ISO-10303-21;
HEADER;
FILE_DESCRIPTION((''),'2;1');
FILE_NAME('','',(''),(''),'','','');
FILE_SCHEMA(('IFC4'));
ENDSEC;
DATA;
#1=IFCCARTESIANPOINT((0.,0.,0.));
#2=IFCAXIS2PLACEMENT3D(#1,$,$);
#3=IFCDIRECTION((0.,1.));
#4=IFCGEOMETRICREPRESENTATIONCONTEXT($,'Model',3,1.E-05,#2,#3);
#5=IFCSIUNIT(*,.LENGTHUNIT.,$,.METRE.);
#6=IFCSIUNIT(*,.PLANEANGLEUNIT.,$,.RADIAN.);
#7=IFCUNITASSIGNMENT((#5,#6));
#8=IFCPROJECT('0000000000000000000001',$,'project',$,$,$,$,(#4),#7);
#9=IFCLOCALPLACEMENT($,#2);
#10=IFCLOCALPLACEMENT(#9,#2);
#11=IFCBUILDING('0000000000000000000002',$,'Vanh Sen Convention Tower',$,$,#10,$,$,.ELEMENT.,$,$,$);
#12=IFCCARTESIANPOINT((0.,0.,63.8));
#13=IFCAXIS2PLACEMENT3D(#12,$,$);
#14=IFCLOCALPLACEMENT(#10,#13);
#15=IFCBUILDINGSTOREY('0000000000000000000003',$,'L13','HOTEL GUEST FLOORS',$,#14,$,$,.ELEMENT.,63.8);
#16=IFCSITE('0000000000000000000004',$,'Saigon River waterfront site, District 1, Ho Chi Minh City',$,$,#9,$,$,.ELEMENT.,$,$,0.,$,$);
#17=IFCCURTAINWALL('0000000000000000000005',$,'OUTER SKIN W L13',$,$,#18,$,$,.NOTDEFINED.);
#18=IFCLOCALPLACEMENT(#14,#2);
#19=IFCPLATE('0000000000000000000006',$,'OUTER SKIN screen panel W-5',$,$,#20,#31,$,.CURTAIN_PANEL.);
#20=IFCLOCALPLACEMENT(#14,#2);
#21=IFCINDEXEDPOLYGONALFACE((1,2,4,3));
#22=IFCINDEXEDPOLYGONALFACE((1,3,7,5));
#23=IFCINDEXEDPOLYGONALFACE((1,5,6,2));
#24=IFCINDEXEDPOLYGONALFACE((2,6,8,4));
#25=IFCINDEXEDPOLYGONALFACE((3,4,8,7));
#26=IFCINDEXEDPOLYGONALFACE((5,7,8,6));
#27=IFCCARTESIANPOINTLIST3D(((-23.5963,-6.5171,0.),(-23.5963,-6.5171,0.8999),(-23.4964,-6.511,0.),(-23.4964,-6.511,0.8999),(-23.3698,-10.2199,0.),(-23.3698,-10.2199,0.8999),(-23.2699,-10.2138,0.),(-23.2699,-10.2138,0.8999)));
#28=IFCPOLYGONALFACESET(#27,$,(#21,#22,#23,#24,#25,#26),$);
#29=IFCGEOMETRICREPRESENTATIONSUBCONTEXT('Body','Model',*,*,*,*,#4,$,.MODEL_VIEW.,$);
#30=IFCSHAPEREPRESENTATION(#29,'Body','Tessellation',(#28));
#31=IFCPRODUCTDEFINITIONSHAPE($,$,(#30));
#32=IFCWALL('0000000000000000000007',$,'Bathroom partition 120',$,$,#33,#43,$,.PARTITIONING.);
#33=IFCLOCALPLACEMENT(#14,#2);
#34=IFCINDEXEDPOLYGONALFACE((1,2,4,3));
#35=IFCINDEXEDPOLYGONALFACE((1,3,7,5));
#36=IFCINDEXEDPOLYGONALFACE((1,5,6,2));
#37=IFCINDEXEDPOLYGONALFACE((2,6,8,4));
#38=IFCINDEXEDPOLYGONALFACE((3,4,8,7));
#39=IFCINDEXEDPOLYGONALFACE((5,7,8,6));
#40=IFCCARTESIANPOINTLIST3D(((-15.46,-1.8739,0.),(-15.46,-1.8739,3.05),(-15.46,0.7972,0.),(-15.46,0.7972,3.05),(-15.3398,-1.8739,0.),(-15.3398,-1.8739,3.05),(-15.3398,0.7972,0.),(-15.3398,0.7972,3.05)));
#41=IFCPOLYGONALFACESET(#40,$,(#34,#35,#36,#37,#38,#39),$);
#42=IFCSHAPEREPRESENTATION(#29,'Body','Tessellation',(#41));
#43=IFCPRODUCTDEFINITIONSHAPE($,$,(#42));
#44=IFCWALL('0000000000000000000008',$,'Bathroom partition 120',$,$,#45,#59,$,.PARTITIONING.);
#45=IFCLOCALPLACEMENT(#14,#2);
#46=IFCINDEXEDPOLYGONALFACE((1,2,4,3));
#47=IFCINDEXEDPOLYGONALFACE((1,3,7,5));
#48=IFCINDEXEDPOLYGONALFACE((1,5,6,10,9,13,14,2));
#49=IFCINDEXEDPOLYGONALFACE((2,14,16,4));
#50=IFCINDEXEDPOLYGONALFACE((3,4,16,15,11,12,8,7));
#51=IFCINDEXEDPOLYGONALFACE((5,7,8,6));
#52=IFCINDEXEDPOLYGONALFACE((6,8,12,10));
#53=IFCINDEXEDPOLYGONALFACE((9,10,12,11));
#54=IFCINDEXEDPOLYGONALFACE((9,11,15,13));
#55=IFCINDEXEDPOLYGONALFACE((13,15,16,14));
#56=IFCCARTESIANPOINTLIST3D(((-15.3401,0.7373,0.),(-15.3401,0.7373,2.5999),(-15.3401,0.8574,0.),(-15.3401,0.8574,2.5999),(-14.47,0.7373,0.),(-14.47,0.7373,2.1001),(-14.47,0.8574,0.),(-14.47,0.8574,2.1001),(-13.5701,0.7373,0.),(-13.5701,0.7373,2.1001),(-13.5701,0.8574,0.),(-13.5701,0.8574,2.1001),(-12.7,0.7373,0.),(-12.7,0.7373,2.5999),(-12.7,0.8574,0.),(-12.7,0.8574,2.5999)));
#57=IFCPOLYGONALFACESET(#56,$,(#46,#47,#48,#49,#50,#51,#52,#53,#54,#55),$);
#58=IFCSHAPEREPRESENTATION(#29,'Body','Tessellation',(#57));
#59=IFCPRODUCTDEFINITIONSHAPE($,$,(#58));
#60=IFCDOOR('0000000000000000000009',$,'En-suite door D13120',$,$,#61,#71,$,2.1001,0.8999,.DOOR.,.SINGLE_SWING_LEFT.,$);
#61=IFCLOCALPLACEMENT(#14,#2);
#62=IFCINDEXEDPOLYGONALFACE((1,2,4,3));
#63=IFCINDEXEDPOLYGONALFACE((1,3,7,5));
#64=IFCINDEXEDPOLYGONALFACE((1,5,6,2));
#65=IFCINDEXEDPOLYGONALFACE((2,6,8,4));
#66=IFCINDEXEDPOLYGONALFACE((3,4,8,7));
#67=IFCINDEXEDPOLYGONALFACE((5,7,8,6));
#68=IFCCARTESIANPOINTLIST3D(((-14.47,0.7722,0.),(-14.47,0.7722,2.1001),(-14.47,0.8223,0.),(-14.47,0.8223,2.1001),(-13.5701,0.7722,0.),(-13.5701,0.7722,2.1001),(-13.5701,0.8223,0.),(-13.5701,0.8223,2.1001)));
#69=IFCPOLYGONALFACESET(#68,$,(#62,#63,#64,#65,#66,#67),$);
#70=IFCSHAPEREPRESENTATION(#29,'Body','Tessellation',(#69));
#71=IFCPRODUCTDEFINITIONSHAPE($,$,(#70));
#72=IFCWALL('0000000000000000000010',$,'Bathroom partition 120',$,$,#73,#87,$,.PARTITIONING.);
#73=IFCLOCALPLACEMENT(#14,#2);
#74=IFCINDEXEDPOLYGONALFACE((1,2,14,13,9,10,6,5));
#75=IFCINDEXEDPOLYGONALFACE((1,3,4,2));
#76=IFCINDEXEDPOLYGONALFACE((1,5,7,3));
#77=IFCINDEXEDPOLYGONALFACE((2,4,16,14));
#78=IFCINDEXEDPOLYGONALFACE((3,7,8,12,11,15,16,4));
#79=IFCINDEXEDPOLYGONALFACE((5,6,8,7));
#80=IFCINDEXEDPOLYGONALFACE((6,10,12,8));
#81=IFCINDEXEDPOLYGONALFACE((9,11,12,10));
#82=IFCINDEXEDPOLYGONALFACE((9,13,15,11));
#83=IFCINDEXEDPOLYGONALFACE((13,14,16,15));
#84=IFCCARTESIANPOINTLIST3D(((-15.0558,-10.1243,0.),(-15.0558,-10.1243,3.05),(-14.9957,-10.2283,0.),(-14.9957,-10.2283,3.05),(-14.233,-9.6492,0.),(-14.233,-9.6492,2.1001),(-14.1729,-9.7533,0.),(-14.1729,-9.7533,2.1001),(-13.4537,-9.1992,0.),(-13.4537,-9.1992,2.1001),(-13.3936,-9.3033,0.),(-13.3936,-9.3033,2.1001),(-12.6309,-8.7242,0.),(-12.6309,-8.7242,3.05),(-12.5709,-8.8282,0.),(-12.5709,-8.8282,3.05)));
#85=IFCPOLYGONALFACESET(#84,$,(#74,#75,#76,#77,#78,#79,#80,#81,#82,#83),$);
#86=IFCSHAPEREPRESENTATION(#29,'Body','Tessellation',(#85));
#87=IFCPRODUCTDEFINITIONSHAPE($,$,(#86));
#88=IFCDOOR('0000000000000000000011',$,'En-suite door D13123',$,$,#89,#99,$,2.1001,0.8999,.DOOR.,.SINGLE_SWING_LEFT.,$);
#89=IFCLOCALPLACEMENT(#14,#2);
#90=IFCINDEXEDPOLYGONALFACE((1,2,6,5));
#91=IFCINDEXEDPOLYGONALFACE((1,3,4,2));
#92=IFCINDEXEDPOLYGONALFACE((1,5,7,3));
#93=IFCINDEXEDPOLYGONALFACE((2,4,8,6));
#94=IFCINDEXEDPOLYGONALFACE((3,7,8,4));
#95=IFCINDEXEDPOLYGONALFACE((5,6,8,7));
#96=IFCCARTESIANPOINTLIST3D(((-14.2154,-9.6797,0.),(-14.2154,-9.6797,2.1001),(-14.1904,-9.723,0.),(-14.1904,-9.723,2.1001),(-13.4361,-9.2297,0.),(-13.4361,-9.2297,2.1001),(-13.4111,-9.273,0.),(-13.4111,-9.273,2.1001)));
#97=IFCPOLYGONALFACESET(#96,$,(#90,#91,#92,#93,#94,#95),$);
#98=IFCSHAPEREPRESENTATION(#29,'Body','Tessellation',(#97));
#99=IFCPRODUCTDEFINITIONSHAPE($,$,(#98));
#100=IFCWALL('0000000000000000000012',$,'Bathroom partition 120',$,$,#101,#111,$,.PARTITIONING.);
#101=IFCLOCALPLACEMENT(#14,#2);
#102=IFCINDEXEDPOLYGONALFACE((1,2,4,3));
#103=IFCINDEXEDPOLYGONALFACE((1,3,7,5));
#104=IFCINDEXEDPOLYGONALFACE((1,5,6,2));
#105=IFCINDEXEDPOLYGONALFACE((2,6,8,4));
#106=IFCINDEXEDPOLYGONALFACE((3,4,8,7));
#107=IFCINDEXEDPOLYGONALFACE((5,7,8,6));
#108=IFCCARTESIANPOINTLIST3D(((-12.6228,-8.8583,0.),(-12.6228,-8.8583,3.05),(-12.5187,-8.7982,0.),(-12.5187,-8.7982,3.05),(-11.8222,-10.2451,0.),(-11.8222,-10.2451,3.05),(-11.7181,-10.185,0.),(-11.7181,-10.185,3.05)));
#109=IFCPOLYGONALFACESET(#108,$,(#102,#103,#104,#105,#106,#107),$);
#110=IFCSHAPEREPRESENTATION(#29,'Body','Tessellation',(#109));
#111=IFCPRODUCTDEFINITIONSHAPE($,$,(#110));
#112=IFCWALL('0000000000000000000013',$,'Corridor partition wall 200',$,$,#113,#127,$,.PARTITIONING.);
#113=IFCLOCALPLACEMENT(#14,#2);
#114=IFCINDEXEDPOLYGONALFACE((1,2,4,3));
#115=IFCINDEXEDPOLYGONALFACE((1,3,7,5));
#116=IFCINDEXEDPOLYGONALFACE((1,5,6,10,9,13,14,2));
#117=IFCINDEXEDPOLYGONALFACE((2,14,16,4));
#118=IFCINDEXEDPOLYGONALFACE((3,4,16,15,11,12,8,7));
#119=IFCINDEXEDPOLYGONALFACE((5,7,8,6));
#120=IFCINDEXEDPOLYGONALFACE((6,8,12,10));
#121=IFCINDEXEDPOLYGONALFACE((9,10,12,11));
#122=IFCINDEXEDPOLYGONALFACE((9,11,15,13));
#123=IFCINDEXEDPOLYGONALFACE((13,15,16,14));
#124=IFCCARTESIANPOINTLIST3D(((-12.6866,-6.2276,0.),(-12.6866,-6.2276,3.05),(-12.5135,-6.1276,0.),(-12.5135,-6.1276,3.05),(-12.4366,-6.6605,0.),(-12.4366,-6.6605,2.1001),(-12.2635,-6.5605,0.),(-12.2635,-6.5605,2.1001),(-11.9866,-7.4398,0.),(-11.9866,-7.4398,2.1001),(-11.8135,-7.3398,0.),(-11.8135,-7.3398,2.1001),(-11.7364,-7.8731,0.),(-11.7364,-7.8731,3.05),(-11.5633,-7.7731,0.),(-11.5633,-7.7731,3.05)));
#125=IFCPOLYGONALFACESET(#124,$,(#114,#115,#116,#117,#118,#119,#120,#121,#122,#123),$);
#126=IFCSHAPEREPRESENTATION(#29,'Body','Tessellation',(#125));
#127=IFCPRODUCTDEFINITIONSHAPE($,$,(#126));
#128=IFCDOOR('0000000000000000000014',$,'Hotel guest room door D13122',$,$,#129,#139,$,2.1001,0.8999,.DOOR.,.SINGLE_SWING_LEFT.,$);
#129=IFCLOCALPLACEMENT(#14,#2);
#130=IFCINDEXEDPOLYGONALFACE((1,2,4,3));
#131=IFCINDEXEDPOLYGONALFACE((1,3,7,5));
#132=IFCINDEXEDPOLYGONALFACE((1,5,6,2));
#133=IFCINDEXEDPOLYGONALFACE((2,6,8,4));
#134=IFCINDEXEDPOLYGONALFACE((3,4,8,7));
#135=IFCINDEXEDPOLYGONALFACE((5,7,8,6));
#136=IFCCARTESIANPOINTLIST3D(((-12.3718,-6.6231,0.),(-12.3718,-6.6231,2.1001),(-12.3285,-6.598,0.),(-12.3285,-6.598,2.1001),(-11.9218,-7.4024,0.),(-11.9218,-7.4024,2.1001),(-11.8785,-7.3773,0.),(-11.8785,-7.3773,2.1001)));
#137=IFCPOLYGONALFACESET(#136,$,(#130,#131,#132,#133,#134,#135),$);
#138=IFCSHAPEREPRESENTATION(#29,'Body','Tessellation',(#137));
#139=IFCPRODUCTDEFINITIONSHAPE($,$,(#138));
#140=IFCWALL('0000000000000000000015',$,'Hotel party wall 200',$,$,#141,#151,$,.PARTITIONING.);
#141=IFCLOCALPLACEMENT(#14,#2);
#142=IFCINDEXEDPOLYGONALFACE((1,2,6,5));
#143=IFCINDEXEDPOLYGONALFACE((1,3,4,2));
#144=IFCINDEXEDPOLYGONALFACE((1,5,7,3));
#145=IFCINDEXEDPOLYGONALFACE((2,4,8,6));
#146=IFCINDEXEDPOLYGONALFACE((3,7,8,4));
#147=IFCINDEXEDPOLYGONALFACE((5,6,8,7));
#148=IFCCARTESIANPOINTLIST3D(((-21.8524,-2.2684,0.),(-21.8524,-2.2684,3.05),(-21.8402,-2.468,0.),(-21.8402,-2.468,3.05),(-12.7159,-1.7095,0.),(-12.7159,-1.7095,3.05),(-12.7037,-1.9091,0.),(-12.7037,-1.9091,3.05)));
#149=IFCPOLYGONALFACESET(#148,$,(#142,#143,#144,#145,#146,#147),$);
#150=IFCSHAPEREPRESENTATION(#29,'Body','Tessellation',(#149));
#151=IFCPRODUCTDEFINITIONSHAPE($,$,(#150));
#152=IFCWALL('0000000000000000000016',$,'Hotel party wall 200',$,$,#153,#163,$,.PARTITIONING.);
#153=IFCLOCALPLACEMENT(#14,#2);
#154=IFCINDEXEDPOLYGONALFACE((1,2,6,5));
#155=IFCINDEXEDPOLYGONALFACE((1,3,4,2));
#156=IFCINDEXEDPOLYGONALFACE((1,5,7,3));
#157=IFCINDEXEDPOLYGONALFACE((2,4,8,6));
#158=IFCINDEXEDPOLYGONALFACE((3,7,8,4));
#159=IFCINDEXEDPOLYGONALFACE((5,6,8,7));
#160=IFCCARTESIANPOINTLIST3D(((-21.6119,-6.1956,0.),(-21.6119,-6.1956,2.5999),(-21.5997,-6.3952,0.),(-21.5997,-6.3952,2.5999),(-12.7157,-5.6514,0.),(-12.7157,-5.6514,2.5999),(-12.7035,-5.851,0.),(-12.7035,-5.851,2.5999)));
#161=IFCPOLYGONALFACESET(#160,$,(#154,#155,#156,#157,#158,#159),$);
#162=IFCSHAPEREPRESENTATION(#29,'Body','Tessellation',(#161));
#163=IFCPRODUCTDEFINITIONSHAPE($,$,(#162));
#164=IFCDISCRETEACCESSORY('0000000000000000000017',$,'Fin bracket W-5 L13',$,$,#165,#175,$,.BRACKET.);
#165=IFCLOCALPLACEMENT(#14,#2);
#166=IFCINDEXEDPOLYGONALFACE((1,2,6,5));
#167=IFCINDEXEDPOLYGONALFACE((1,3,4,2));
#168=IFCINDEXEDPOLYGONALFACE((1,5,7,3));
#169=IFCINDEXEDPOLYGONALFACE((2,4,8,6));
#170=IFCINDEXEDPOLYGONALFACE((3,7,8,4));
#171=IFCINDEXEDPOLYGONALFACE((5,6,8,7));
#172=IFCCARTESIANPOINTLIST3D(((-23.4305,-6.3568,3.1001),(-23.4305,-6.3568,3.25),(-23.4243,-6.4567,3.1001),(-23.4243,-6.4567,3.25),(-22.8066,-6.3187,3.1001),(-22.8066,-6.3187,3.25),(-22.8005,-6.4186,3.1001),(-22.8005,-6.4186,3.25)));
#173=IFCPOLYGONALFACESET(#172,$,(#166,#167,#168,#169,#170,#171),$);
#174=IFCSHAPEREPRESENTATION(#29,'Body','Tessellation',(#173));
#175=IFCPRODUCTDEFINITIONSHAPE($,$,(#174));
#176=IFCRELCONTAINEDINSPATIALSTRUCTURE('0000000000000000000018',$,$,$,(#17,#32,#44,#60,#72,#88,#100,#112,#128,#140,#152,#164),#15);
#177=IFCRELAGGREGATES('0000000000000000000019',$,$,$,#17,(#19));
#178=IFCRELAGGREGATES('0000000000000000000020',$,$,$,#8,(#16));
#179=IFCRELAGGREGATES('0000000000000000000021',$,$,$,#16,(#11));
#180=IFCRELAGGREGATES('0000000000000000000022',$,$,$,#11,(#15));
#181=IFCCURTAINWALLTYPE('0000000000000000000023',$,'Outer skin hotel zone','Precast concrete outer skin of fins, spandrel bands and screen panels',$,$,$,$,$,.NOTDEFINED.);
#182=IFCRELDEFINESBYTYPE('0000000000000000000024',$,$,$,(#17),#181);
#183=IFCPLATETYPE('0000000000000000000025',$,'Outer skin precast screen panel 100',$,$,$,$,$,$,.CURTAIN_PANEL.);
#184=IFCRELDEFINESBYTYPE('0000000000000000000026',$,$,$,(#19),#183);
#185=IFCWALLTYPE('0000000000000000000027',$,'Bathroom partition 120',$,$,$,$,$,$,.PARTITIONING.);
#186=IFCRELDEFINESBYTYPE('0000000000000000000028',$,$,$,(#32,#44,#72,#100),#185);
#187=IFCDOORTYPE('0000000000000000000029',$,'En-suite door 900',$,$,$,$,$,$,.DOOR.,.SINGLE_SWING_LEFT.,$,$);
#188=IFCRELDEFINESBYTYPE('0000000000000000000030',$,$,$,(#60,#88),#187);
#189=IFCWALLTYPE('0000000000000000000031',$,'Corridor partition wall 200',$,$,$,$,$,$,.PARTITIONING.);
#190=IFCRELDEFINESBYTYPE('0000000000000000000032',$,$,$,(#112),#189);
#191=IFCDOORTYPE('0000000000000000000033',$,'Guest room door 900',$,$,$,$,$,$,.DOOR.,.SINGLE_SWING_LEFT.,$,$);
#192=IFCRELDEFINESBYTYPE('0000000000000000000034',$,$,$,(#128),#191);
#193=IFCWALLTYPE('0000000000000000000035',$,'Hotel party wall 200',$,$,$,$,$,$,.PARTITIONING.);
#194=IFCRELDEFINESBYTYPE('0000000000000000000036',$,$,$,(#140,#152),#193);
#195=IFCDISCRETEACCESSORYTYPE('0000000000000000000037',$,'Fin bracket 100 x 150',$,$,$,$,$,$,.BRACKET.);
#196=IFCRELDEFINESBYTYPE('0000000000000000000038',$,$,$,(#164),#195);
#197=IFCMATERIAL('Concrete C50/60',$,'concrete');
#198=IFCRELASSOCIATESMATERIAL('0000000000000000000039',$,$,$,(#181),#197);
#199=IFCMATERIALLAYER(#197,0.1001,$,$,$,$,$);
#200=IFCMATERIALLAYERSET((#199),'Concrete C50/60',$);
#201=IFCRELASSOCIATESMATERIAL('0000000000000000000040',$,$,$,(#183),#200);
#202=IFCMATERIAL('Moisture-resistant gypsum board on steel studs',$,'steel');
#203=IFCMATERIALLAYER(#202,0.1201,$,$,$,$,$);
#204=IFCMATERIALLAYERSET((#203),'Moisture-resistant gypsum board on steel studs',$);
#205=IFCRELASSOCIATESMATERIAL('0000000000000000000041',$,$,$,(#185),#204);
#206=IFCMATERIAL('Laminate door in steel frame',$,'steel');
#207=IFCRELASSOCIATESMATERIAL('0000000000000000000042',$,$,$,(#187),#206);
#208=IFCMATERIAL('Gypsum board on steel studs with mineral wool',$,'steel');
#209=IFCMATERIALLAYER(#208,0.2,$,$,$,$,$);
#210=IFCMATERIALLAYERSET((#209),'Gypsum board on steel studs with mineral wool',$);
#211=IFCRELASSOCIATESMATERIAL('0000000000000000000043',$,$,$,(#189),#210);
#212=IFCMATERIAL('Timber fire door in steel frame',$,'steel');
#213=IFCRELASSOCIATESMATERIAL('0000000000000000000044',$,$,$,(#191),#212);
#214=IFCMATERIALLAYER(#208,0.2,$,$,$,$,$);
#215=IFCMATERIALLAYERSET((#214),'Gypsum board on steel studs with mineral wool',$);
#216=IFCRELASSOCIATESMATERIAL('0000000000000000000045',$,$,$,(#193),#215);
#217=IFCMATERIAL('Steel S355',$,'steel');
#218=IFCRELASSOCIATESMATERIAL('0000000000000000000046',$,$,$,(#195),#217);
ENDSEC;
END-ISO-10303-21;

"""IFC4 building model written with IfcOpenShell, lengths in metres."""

from ifc_helpers import new_model, si_unit, direction, frame, frame_2d, origin, origin_2d, place, context, subcontext, project, spatial, rectangle, extrude, material, layer, layer_set, type_object, element, fill, aggregate, save


model = new_model("IFC4")

# Units and contexts
model_context = context("Model", 3, precision=1e-05, world=origin(), true_north=direction((0.0, 1.0)))
body_context = subcontext(model_context, "Body", "Model", "MODEL_VIEW")
ifc_project = project(units=[si_unit("LENGTHUNIT", "METRE"), si_unit("PLANEANGLEUNIT", "RADIAN")], contexts=[model_context])

# Site, building, storey
site_placement = place(None, origin())
site = spatial("IfcSite", under=ifc_project, at=site_placement, Name="Saigon River waterfront site, District 1, Ho Chi Minh City", CompositionType="ELEMENT", RefElevation=0.0)
building_placement = place(site_placement, origin())
building = spatial("IfcBuilding", under=site, at=building_placement, Name="Vanh Sen Convention Tower", CompositionType="ELEMENT")
storey_placement = place(building_placement, frame((0.0, 0.0, 63.8)))
storey = spatial("IfcBuildingStorey", under=building, at=storey_placement, Name="L13", Description="HOTEL GUEST FLOORS", CompositionType="ELEMENT", Elevation=63.8)

# Curtain wall
ifc_material_1 = material(Name="Concrete C50/60", Category="concrete")
curtain_wall_type = type_object("IfcCurtainWallType", Name="Outer skin hotel zone", Description="Precast concrete outer skin of fins, spandrel bands and screen panels", PredefinedType="NOTDEFINED", material=ifc_material_1)
curtain_wall_1_placement = place(storey_placement, origin())
curtain_wall_1 = element("IfcCurtainWall", 1, at=curtain_wall_1_placement, inside=storey, type_object=curtain_wall_type, Name="OUTER SKIN W L13", PredefinedType="NOTDEFINED")

# Plate
ifc_layer_1 = layer(ifc_material_1, 0.1001)
ifc_layer_set_1 = layer_set([ifc_layer_1], Name="Concrete C50/60")
plate_type = type_object("IfcPlateType", Name="Outer skin precast screen panel 100", PredefinedType="CURTAIN_PANEL", material=ifc_layer_set_1)
plate_1_placement = place(storey_placement, frame((-23.4331, -8.3655, 0.0), z_axis=(0.0, 0.0, 1.0), x_axis=(0.061047, -0.998135, 0.0)))
plate_1 = element("IfcPlate", 2, at=plate_1_placement, type_object=plate_type, Name="OUTER SKIN screen panel W-5", PredefinedType="CURTAIN_PANEL", context=body_context, shape_type="SweptSolid", body=[
    extrude(rectangle(XDim=3.7097, YDim=0.1001, at=origin_2d()), origin(), (0.0, 0.0, 1.0), 0.8999),
])
aggregate(curtain_wall_1, [plate_1])

# Wall
ifc_material_2 = material(Name="Moisture-resistant gypsum board on steel studs", Category="steel")
ifc_layer_2 = layer(ifc_material_2, 0.1201)
ifc_layer_set_2 = layer_set([ifc_layer_2], Name="Moisture-resistant gypsum board on steel studs")
wall_type_1 = type_object("IfcWallType", Name="Bathroom partition 120", PredefinedType="PARTITIONING", material=ifc_layer_set_2)
wall_1_placement = place(storey_placement, frame((-15.3999, -1.8738, 0.0), z_axis=(0.0, 0.0, 1.0), x_axis=(0.0, 1.0, 0.0)))
element("IfcWall", 3, at=wall_1_placement, inside=storey, type_object=wall_type_1, Name="Bathroom partition 120", PredefinedType="PARTITIONING", context=body_context, shape_type="SweptSolid", body=[
    extrude(rectangle(XDim=2.6711, YDim=0.1201, at=frame_2d((1.3354, 0.0))), origin(), (0.0, 0.0, 1.0), 3.05),
])

# Walls, openings, doors
wall_2_placement = place(storey_placement, frame((-15.3401, 0.7974, 0.0), z_axis=(0.0, 0.0, 1.0), x_axis=(1.0, 0.0, 0.0)))
wall_2 = element("IfcWall", 4, at=wall_2_placement, inside=storey, type_object=wall_type_1, Name="Bathroom partition 120", PredefinedType="PARTITIONING", context=body_context, shape_type="SweptSolid", body=[
    extrude(rectangle(XDim=2.6401, YDim=0.1201, at=frame_2d((1.3201, 0.0))), origin(), (0.0, 0.0, 1.0), 2.5999),
])
opening_1_placement = place(wall_2_placement, frame((0.8701, 0.0, 0.0)))
opening_1 = element("IfcOpeningElement", 5, at=opening_1_placement, cuts=wall_2, PredefinedType="OPENING", context=body_context, shape_type="SweptSolid", body=[
    extrude(rectangle(XDim=0.8999, YDim=2.1001, at=frame_2d((0.45, 1.05))), frame((0.0, 0.0701, 0.0), z_axis=(0.0, -1.0, 0.0), x_axis=(1.0, 0.0, 0.0)), (0.0, 0.0, 1.0), 0.1401),
])
ifc_material_3 = material(Name="Laminate door in steel frame", Category="steel")
door_type_1 = type_object("IfcDoorType", Name="En-suite door 900", OperationType="SINGLE_SWING_LEFT", PredefinedType="DOOR", material=ifc_material_3)
door_1_placement = place(opening_1_placement, origin())
door_1 = element("IfcDoor", 6, at=door_1_placement, inside=storey, type_object=door_type_1, Name="En-suite door D13120", OperationType="SINGLE_SWING_LEFT", OverallHeight=2.1001, OverallWidth=0.8999, PredefinedType="DOOR", context=body_context, shape_type="SweptSolid", body=[
    extrude(rectangle(XDim=0.8999, YDim=2.1001, at=frame_2d((0.45, 1.05))), frame((0.0, 0.0249, 0.0), z_axis=(0.0, -1.0, 0.0), x_axis=(1.0, 0.0, 0.0)), (0.0, 0.0, 1.0), 0.05),
])
fill(opening_1, door_1)
wall_3_placement = place(storey_placement, frame((-15.0256, -10.1763, 0.0), z_axis=(0.0, 0.0, 1.0), x_axis=(0.865997, 0.50005, 0.0)))
wall_3 = element("IfcWall", 7, at=wall_3_placement, inside=storey, type_object=wall_type_1, Name="Bathroom partition 120", PredefinedType="PARTITIONING", context=body_context, shape_type="SweptSolid", body=[
    extrude(rectangle(XDim=2.8, YDim=0.1201, at=frame_2d((1.3999, 0.0))), origin(), (0.0, 0.0, 1.0), 3.05),
])
opening_2_placement = place(wall_3_placement, frame((0.95, 0.0, 0.0)))
opening_2 = element("IfcOpeningElement", 8, at=opening_2_placement, cuts=wall_3, PredefinedType="OPENING", context=body_context, shape_type="SweptSolid", body=[
    extrude(rectangle(XDim=0.8999, YDim=2.1001, at=frame_2d((0.45, 1.05))), frame((0.0, 0.0701, 0.0), z_axis=(0.0, -1.0, 0.0), x_axis=(1.0, 0.0, 0.0)), (0.0, 0.0, 1.0), 0.1401),
])
door_2_placement = place(opening_2_placement, origin())
door_2 = element("IfcDoor", 9, at=door_2_placement, inside=storey, type_object=door_type_1, Name="En-suite door D13123", OperationType="SINGLE_SWING_LEFT", OverallHeight=2.1001, OverallWidth=0.8999, PredefinedType="DOOR", context=body_context, shape_type="SweptSolid", body=[
    extrude(rectangle(XDim=0.8999, YDim=2.1001, at=frame_2d((0.45, 1.05))), frame((0.0, 0.0249, 0.0), z_axis=(0.0, -1.0, 0.0), x_axis=(1.0, 0.0, 0.0)), (0.0, 0.0, 1.0), 0.05),
])
fill(opening_2, door_2)

# Wall
wall_4_placement = place(storey_placement, frame((-12.5708, -8.8281, 0.0), z_axis=(0.0, 0.0, 1.0), x_axis=(0.49996, -0.866048, 0.0)))
element("IfcWall", 10, at=wall_4_placement, inside=storey, type_object=wall_type_1, Name="Bathroom partition 120", PredefinedType="PARTITIONING", context=body_context, shape_type="SweptSolid", body=[
    extrude(rectangle(XDim=1.6013, YDim=0.1201, at=frame_2d((0.8008, 0.0))), origin(), (0.0, 0.0, 1.0), 3.05),
])

# Wall, opening, door
ifc_material_4 = material(Name="Gypsum board on steel studs with mineral wool", Category="steel")
ifc_layer_3 = layer(ifc_material_4, 0.2)
ifc_layer_set_3 = layer_set([ifc_layer_3], Name="Gypsum board on steel studs with mineral wool")
wall_type_2 = type_object("IfcWallType", Name="Corridor partition wall 200", PredefinedType="PARTITIONING", material=ifc_layer_set_3)
wall_5_placement = place(storey_placement, frame((-12.6001, -6.1775, 0.0), z_axis=(0.0, 0.0, 1.0), x_axis=(0.500064, -0.865989, 0.0)))
wall_5 = element("IfcWall", 11, at=wall_5_placement, inside=storey, type_object=wall_type_2, Name="Corridor partition wall 200", PredefinedType="PARTITIONING", context=body_context, shape_type="SweptSolid", body=[
    extrude(rectangle(XDim=1.9001, YDim=0.2, at=frame_2d((0.9502, 0.0))), origin(), (0.0, 0.0, 1.0), 3.05),
])
opening_3_placement = place(wall_5_placement, frame((0.5, 0.0, 0.0)))
opening_3 = element("IfcOpeningElement", 12, at=opening_3_placement, cuts=wall_5, PredefinedType="OPENING", context=body_context, shape_type="SweptSolid", body=[
    extrude(rectangle(XDim=0.8999, YDim=2.1001, at=frame_2d((0.45, 1.05))), frame((0.0, 0.1099, 0.0), z_axis=(0.0, -1.0, 0.0), x_axis=(1.0, 0.0, 0.0)), (0.0, 0.0, 1.0), 0.22),
])
ifc_material_5 = material(Name="Timber fire door in steel frame", Category="steel")
door_type_2 = type_object("IfcDoorType", Name="Guest room door 900", OperationType="SINGLE_SWING_LEFT", PredefinedType="DOOR", material=ifc_material_5)
door_3_placement = place(opening_3_placement, origin())
door_3 = element("IfcDoor", 13, at=door_3_placement, inside=storey, type_object=door_type_2, Name="Hotel guest room door D13122", OperationType="SINGLE_SWING_LEFT", OverallHeight=2.1001, OverallWidth=0.8999, PredefinedType="DOOR", context=body_context, shape_type="SweptSolid", body=[
    extrude(rectangle(XDim=0.8999, YDim=2.1001, at=frame_2d((0.45, 1.05))), frame((0.0, 0.0249, 0.0), z_axis=(0.0, -1.0, 0.0), x_axis=(1.0, 0.0, 0.0)), (0.0, 0.0, 1.0), 0.05),
])
fill(opening_3, door_3)

# Walls
ifc_layer_4 = layer(ifc_material_4, 0.2)
ifc_layer_set_4 = layer_set([ifc_layer_4], Name="Gypsum board on steel studs with mineral wool")
wall_type_3 = type_object("IfcWallType", Name="Hotel party wall 200", PredefinedType="PARTITIONING", material=ifc_layer_set_4)
wall_6_placement = place(storey_placement, frame((-21.8462, -2.3682, 0.0), z_axis=(0.0, 0.0, 1.0), x_axis=(0.998135, 0.061051, 0.0)))
element("IfcWall", 14, at=wall_6_placement, inside=storey, type_object=wall_type_3, Name="Hotel party wall 200", PredefinedType="PARTITIONING", context=body_context, shape_type="SweptSolid", body=[
    extrude(rectangle(XDim=9.1536, YDim=0.2, at=frame_2d((4.5767, 0.0))), origin(), (0.0, 0.0, 1.0), 3.05),
])
wall_7_placement = place(storey_placement, frame((-21.606, -6.2954, 0.0), z_axis=(0.0, 0.0, 1.0), x_axis=(0.998134, 0.061057, 0.0)))
element("IfcWall", 15, at=wall_7_placement, inside=storey, type_object=wall_type_3, Name="Hotel party wall 200", PredefinedType="PARTITIONING", context=body_context, shape_type="SweptSolid", body=[
    extrude(rectangle(XDim=8.9128, YDim=0.2, at=frame_2d((4.4565, 0.0))), origin(), (0.0, 0.0, 1.0), 2.5999),
])

# Discrete accessory
ifc_material_6 = material(Name="Steel S355", Category="steel")
discrete_accessory_type = type_object("IfcDiscreteAccessoryType", Name="Fin bracket 100 x 150", PredefinedType="BRACKET", material=ifc_material_6)
discrete_accessory_placement = place(storey_placement, frame((-23.1155, -6.3877, 3.1001), z_axis=(0.0, 0.0, 1.0), x_axis=(-0.998135, -0.061049, 0.0)))
element("IfcDiscreteAccessory", 16, at=discrete_accessory_placement, inside=storey, type_object=discrete_accessory_type, Name="Fin bracket W-5 L13", PredefinedType="BRACKET", context=body_context, shape_type="SweptSolid", body=[
    extrude(rectangle(XDim=0.625, YDim=0.1001, at=origin_2d()), origin(), (0.0, 0.0, 1.0), 0.1499),
])

save(model, "model.ifc")
